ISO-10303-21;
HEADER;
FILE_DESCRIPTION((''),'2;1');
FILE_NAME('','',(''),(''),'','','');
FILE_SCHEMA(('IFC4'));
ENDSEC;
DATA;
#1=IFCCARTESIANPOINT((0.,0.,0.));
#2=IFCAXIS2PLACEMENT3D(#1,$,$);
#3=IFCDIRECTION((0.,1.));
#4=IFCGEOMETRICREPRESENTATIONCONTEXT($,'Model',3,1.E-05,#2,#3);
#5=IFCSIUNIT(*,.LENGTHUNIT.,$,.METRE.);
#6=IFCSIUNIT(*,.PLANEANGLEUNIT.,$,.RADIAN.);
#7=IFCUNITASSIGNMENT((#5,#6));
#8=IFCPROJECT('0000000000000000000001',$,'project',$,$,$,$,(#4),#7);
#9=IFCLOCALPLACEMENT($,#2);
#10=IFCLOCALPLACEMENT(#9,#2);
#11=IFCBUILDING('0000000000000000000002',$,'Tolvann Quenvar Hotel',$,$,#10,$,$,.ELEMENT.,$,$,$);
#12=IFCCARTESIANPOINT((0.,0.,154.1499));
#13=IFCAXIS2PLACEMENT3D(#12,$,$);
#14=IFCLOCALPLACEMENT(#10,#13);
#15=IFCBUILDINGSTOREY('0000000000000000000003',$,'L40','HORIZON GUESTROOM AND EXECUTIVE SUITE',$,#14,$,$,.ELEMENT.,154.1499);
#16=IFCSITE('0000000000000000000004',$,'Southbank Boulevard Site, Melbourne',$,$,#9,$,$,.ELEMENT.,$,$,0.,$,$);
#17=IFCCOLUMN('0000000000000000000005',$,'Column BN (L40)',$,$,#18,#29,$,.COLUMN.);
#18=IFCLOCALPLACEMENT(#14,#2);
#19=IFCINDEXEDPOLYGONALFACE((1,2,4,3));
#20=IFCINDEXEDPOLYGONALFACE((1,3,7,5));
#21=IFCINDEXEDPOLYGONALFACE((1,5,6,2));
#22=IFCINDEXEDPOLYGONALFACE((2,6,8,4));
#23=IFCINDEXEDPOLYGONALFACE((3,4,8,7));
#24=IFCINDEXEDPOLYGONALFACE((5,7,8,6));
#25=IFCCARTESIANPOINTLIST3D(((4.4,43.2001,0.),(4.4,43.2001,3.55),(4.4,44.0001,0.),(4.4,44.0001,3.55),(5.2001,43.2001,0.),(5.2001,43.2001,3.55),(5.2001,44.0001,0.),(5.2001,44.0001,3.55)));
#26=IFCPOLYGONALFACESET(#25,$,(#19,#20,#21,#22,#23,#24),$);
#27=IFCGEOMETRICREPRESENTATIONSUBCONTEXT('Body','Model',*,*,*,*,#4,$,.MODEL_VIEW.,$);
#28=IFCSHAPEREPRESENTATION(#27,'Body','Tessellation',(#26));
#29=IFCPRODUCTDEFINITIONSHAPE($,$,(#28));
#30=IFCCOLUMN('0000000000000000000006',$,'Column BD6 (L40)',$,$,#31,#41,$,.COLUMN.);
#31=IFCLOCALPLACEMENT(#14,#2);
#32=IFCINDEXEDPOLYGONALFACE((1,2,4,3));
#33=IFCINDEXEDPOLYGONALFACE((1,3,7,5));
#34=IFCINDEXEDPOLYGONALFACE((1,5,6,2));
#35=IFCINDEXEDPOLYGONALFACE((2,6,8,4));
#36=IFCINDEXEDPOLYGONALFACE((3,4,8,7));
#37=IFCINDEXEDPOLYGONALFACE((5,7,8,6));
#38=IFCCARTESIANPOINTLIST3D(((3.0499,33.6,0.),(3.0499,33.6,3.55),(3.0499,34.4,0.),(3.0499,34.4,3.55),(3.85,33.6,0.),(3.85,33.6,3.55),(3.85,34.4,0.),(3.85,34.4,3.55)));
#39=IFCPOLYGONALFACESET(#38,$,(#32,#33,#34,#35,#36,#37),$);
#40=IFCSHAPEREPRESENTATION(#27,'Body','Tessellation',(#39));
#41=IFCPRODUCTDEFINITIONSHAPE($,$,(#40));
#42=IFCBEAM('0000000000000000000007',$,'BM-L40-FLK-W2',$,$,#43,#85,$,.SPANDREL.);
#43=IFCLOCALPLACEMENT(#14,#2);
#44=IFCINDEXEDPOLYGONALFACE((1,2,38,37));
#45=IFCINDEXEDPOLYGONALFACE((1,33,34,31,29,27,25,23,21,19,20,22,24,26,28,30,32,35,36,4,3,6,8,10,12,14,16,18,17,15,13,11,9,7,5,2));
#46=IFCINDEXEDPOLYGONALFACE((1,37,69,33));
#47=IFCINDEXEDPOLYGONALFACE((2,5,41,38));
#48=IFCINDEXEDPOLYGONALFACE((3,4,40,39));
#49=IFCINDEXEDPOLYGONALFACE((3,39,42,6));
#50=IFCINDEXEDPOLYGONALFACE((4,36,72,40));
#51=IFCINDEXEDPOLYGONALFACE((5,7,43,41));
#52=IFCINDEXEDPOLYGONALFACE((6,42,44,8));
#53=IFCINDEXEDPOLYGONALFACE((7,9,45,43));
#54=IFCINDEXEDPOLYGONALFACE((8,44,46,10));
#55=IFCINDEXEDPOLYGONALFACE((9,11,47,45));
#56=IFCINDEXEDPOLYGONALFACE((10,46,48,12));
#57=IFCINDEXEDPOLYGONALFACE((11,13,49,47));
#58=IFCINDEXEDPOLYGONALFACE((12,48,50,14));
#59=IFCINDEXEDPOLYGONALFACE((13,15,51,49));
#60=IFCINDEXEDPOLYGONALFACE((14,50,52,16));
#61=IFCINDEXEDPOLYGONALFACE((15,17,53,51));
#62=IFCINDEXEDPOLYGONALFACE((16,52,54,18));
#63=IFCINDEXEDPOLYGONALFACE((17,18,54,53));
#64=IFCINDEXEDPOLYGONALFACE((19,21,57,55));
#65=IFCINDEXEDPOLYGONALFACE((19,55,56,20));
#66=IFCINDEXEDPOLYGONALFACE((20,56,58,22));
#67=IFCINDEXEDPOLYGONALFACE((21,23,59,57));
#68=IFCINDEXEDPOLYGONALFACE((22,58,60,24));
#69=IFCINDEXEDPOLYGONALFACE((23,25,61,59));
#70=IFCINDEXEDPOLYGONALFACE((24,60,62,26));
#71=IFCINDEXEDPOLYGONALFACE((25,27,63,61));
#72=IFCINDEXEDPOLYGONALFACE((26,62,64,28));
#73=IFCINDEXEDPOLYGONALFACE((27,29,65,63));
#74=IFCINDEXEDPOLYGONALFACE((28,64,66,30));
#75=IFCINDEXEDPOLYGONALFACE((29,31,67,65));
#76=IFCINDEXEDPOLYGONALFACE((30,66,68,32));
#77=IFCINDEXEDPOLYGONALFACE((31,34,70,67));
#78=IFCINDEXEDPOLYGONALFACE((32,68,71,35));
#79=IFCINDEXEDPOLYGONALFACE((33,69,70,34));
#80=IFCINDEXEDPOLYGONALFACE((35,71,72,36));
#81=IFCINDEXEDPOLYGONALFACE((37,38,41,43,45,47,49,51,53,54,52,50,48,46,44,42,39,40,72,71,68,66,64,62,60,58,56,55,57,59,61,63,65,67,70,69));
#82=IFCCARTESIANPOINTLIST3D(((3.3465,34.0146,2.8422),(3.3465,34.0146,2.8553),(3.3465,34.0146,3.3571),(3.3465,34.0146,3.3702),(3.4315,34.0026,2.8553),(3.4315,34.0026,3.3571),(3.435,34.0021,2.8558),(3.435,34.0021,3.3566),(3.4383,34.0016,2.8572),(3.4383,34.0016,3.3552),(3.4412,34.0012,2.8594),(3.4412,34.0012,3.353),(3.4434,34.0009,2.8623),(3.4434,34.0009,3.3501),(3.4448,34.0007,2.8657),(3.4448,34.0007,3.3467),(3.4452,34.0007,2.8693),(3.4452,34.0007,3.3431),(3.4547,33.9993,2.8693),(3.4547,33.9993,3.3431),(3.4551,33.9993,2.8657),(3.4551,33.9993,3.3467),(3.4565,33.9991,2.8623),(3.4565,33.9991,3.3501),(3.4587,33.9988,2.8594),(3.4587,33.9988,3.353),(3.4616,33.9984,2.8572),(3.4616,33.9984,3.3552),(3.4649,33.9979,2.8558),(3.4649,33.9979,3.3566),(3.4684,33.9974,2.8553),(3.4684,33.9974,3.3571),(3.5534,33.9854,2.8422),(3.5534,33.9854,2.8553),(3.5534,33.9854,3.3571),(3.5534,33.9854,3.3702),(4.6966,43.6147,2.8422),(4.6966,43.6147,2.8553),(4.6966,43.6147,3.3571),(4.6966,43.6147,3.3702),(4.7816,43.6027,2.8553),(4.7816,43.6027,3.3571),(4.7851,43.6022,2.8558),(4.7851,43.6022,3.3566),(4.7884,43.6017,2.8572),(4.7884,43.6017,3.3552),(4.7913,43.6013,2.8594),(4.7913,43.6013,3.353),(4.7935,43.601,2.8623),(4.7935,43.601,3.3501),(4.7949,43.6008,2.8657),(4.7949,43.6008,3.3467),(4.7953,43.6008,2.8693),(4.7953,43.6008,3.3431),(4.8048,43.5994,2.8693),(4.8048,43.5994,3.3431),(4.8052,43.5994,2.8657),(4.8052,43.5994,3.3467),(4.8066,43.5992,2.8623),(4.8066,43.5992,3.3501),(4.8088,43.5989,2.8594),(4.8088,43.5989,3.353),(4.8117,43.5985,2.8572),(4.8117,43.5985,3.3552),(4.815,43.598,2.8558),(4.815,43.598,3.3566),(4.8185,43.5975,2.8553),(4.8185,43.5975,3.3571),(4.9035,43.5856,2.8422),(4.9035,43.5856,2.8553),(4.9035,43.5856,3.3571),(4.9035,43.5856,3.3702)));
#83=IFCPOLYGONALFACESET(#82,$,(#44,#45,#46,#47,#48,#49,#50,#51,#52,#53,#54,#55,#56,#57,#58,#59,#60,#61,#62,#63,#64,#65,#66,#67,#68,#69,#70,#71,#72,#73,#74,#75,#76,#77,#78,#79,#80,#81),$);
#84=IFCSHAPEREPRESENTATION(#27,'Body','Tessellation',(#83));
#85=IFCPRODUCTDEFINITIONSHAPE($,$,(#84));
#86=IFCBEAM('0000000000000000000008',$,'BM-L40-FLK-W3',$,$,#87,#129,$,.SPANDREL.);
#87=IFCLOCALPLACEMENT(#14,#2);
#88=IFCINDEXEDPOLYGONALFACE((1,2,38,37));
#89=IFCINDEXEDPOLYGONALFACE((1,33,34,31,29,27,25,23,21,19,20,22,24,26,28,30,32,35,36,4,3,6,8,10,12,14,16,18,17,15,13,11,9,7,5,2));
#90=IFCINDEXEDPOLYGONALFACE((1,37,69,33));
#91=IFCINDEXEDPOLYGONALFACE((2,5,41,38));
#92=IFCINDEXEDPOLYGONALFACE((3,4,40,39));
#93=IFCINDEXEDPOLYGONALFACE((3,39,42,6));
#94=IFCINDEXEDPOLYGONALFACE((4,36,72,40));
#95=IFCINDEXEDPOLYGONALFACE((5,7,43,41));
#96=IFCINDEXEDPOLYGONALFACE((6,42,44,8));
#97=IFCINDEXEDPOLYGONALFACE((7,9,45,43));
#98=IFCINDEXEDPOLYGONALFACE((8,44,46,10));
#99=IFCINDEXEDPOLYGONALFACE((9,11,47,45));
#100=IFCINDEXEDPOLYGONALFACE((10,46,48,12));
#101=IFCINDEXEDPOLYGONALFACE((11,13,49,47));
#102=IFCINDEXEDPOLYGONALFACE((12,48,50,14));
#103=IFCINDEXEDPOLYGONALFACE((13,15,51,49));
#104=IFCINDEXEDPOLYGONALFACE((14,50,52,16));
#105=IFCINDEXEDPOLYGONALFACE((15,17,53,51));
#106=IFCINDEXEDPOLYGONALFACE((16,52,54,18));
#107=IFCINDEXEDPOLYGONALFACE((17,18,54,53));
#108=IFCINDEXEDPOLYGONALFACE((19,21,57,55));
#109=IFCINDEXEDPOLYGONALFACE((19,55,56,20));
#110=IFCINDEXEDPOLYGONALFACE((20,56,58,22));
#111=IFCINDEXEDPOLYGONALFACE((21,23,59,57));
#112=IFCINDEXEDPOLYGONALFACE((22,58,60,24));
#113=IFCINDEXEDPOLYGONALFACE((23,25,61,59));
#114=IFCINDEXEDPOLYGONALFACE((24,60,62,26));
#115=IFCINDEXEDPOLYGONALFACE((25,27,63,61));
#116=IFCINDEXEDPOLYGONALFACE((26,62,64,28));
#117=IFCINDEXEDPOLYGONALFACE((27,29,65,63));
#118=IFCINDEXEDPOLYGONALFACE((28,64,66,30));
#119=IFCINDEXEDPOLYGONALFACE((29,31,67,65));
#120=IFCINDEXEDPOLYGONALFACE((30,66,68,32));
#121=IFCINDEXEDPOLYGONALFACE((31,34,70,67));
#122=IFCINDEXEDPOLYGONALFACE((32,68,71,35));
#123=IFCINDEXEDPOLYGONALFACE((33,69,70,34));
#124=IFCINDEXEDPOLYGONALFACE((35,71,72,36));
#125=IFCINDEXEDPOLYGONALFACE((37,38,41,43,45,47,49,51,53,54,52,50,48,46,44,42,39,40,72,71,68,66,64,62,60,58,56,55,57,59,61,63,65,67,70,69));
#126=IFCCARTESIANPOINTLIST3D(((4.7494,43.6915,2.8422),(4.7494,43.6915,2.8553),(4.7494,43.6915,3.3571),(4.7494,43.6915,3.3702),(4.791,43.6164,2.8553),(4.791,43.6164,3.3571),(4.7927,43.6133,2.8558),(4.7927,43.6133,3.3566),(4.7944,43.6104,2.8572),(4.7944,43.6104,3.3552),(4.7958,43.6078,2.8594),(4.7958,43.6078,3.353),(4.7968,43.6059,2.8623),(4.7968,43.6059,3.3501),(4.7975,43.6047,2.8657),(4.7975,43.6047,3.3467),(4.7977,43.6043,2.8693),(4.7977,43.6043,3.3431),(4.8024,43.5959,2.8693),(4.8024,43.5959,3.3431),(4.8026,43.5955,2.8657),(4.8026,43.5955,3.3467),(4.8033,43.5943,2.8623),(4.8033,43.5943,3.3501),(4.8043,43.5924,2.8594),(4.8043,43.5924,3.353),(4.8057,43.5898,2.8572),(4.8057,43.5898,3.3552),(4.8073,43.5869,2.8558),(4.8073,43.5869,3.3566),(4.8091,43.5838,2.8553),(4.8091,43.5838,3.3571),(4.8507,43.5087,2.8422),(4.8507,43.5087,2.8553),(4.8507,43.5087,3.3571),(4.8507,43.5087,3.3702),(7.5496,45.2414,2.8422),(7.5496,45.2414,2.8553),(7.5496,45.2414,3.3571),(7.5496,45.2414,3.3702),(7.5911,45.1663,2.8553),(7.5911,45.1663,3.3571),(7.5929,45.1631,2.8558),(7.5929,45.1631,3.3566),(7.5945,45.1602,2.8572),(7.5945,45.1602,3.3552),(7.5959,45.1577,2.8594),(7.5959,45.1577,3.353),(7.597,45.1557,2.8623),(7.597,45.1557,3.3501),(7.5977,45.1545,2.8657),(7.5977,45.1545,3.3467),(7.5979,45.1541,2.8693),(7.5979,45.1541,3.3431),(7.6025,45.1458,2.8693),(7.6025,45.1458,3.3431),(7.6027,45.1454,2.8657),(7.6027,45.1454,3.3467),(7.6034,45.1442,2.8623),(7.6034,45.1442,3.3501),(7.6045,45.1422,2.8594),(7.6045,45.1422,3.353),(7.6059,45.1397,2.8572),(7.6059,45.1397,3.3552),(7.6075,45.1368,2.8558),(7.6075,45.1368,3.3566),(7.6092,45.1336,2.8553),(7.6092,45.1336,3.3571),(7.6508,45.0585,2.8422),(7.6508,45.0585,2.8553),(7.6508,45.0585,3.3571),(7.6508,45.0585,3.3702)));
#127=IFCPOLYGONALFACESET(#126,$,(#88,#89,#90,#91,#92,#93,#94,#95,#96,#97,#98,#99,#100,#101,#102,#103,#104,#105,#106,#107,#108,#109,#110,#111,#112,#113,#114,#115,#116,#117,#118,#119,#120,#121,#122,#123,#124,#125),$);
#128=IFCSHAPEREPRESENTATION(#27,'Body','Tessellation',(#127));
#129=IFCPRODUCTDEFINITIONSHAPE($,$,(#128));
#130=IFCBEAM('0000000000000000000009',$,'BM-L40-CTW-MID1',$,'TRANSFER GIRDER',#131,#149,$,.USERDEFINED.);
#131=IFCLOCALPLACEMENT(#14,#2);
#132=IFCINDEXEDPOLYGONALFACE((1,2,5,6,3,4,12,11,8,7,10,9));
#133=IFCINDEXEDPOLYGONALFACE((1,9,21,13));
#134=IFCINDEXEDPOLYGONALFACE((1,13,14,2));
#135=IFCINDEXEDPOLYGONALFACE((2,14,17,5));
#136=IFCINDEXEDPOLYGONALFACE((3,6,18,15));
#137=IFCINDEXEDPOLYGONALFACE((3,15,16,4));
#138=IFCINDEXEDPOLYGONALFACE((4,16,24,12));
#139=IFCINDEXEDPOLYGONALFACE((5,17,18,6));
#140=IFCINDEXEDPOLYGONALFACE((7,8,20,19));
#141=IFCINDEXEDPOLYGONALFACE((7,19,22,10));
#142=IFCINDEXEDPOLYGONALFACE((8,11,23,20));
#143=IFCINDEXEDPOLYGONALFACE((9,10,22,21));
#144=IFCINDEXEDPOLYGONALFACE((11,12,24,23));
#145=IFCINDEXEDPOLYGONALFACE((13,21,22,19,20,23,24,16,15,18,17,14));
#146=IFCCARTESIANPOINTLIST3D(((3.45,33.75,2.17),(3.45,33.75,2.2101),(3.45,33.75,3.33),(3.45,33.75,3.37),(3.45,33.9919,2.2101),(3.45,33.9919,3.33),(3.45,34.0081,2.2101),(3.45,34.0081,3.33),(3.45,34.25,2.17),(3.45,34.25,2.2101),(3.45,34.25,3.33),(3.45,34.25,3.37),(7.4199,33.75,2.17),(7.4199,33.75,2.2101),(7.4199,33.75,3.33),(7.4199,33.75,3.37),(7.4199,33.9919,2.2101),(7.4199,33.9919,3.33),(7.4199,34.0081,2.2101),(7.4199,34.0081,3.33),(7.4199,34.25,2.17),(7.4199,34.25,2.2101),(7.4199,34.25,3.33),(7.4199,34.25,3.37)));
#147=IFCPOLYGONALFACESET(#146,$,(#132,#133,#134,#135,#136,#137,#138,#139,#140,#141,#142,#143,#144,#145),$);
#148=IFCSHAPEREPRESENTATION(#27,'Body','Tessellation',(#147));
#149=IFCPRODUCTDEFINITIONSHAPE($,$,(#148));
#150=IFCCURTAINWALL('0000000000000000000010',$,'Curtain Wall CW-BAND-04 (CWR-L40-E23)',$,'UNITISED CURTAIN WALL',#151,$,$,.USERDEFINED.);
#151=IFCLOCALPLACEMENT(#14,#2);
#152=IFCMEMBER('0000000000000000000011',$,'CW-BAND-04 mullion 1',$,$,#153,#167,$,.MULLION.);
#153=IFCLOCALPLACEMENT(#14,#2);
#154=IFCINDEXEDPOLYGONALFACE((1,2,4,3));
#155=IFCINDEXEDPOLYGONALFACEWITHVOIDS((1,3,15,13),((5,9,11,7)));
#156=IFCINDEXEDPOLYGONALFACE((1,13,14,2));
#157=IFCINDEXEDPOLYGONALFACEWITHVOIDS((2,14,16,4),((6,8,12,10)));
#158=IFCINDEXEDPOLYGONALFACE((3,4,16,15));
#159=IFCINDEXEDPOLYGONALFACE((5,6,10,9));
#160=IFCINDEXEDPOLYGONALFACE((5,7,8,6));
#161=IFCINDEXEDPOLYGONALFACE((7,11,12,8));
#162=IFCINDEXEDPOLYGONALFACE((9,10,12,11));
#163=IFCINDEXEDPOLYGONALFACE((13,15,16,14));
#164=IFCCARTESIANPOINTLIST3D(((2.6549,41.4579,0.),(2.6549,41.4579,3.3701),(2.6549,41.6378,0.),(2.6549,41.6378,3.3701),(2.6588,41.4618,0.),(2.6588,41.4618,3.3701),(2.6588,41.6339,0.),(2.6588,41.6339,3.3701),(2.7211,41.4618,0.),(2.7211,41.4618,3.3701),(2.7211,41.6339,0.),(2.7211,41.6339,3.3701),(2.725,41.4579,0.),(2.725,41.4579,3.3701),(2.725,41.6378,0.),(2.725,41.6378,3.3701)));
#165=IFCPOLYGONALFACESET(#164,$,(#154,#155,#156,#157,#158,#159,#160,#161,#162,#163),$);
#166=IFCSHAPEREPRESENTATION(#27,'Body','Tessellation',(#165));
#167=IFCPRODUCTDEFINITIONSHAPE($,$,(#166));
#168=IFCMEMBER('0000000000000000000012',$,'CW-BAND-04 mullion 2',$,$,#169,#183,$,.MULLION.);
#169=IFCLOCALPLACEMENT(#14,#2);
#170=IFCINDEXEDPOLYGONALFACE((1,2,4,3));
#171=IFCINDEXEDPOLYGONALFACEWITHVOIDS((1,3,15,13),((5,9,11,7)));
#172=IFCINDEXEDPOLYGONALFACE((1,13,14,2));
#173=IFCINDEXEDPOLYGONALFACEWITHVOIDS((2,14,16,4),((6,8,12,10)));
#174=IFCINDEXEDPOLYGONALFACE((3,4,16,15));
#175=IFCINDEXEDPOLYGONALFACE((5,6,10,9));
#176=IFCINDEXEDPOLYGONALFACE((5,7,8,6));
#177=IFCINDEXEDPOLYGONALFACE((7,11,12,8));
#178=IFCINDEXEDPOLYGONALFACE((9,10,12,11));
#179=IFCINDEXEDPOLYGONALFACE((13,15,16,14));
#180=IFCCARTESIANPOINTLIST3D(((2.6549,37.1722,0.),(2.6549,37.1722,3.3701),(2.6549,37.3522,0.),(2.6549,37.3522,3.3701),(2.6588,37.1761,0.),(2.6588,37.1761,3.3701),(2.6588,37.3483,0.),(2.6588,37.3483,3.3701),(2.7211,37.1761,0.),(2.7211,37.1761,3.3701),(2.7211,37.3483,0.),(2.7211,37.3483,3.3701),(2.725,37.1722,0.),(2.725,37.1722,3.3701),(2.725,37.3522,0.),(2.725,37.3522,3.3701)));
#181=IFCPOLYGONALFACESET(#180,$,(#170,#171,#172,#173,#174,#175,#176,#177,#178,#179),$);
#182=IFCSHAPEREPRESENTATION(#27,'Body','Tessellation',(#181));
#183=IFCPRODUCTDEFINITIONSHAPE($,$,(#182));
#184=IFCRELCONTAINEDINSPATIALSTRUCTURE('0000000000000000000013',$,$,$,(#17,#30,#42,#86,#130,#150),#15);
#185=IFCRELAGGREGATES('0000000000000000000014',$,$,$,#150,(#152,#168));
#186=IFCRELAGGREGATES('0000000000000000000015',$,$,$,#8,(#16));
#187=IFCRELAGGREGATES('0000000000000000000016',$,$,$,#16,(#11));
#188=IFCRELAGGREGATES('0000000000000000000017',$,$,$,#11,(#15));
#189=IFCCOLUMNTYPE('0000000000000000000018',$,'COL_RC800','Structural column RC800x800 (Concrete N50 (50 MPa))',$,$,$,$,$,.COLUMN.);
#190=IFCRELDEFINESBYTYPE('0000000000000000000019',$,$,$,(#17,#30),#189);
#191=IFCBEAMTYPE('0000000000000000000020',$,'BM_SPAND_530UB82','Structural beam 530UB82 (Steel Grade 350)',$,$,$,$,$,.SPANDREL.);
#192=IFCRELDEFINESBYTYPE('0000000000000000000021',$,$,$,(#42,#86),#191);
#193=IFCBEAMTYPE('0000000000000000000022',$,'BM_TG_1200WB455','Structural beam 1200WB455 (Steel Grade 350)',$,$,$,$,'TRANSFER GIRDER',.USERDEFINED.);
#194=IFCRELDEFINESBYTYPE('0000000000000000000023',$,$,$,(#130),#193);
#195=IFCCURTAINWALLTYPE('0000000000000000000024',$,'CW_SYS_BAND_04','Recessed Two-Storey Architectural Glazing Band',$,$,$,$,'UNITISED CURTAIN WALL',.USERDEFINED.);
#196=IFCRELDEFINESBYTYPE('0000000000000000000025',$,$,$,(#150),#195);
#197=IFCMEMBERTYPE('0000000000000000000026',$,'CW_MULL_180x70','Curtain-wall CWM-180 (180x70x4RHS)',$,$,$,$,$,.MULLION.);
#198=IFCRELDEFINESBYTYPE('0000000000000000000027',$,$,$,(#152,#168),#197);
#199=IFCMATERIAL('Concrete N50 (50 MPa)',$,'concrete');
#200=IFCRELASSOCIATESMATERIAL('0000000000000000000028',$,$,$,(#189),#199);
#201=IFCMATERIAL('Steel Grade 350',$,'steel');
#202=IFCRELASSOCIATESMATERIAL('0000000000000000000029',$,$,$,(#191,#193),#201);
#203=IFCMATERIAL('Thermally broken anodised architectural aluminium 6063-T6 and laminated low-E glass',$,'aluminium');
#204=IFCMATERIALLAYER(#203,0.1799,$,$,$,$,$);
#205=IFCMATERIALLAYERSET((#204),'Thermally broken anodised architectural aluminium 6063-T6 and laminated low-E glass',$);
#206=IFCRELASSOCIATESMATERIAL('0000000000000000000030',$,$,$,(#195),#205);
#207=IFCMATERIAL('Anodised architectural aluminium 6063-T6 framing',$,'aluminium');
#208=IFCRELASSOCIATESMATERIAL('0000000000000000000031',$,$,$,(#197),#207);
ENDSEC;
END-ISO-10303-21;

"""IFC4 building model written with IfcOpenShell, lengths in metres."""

from ifc_helpers import new_model, si_unit, direction, frame, origin, origin_2d, place, context, subcontext, project, spatial, rectangle, hollow_rectangle, i_section, extrude, source, transform, mapped, material, layer, layer_set, material_profile, profile_set, type_object, type_shapes, element, aggregate, save


model = new_model("IFC4")

# Units and contexts
model_context = context("Model", 3, precision=1e-05, world=origin(), true_north=direction((0.0, 1.0)))
body_context = subcontext(model_context, "Body", "Model", "MODEL_VIEW")
ifc_project = project(units=[si_unit("LENGTHUNIT", "METRE"), si_unit("PLANEANGLEUNIT", "RADIAN")], contexts=[model_context])

# Site, building, storey
site_placement = place(None, origin())
site = spatial("IfcSite", under=ifc_project, at=site_placement, Name="Southbank Boulevard Site, Melbourne", CompositionType="ELEMENT", RefElevation=0.0)
building_placement = place(site_placement, origin())
building = spatial("IfcBuilding", under=site, at=building_placement, Name="Tolvann Quenvar Hotel", CompositionType="ELEMENT")
storey_placement = place(building_placement, frame((0.0, 0.0, 154.1499)))
storey = spatial("IfcBuildingStorey", under=building, at=storey_placement, Name="L40", Description="HORIZON GUESTROOM AND EXECUTIVE SUITE", CompositionType="ELEMENT", Elevation=154.1499)

# Columns
ifc_material_1 = material(Name="Concrete N50 (50 MPa)", Category="concrete")
ifc_material_profile_1 = material_profile(ifc_material_1, rectangle(XDim=0.8, YDim=0.8, at=origin_2d()), Name="RC800x800")
ifc_profile_set_1 = profile_set([ifc_material_profile_1], Name="Concrete N50 (50 MPa)")
column_type = type_object("IfcColumnType", Name="COL_RC800", Description="Structural column RC800x800 (Concrete N50 (50 MPa))", PredefinedType="COLUMN", material=ifc_profile_set_1)
shared_shape_1 = source(origin(), body_context, "Body", "SweptSolid", [
    extrude(rectangle(XDim=0.8, YDim=0.8, at=origin_2d()), origin(), (0.0, 0.0, 1.0), 3.55),
])
type_shapes(column_type, [shared_shape_1])
for number, where, z_axis, x_axis, name in (
    (1, (4.8, 43.6001, 0.0), (0.0, 0.0, 1.0), (1.0, 0.0, 0.0), "Column BN (L40)"),
    (2, (3.45, 34.0, 0.0), (0.0, 0.0, 1.0), (1.0, 0.0, 0.0), "Column BD6 (L40)"),
):
    element("IfcColumn", number, at=place(storey_placement, frame(where, z_axis=z_axis, x_axis=x_axis)), inside=storey, type_object=column_type, Name=name, PredefinedType="COLUMN", context=body_context, shape_type="MappedRepresentation", body=[
        mapped(shared_shape_1, transform((0.0, 0.0, 0.0), x_axis=(1.0, 0.0, 0.0), y_axis=(0.0, 1.0, 0.0), z_axis=(0.0, 0.0, 1.0), scale=1.0)),
    ])

# Beams
ifc_material_2 = material(Name="Steel Grade 350", Category="steel")
ifc_material_profile_2 = material_profile(ifc_material_2, i_section(OverallWidth=0.209, OverallDepth=0.5281, WebThickness=0.0095, FlangeThickness=0.0132, FilletRadius=0.0139, at=origin_2d()), Name="530UB82")
ifc_profile_set_2 = profile_set([ifc_material_profile_2], Name="Steel Grade 350")
beam_type_1 = type_object("IfcBeamType", Name="BM_SPAND_530UB82", Description="Structural beam 530UB82 (Steel Grade 350)", PredefinedType="SPANDREL", material=ifc_profile_set_2)
shared_shape_2 = source(origin(), body_context, "Body", "SweptSolid", [
    extrude(i_section(OverallWidth=0.209, OverallDepth=0.5281, WebThickness=0.0095, FlangeThickness=0.0132, FilletRadius=0.0139, at=origin_2d()), origin(), (0.0, 0.0, 1.0), 9.6946),
])
beam_1_placement = place(storey_placement, frame((3.45, 34.0, 3.1062), z_axis=(0.139263, 0.990255, 0.0), x_axis=(-0.990255, 0.139263, 0.0)))
element("IfcBeam", 3, at=beam_1_placement, inside=storey, type_object=beam_type_1, Name="BM-L40-FLK-W2", PredefinedType="SPANDREL", context=body_context, shape_type="MappedRepresentation", body=[
    mapped(shared_shape_2, transform((0.0, 0.0, 0.0), x_axis=(1.0, 0.0, 0.0), y_axis=(0.0, 1.0, 0.0), z_axis=(0.0, 0.0, 1.0), scale=1.0)),
])
shared_shape_3 = source(origin(), body_context, "Body", "SweptSolid", [
    extrude(i_section(OverallWidth=0.209, OverallDepth=0.5281, WebThickness=0.0095, FlangeThickness=0.0132, FilletRadius=0.0139, at=origin_2d()), origin(), (0.0, 0.0, 1.0), 3.2004),
])
type_shapes(beam_type_1, [shared_shape_2, shared_shape_3])
beam_2_placement = place(storey_placement, frame((4.8, 43.6001, 3.1062), z_axis=(0.874923, 0.484263, 0.0), x_axis=(-0.484263, 0.874923, 0.0)))
element("IfcBeam", 4, at=beam_2_placement, inside=storey, type_object=beam_type_1, Name="BM-L40-FLK-W3", PredefinedType="SPANDREL", context=body_context, shape_type="MappedRepresentation", body=[
    mapped(shared_shape_3, transform((0.0, 0.0, 0.0), x_axis=(1.0, 0.0, 0.0), y_axis=(0.0, 1.0, 0.0), z_axis=(0.0, 0.0, 1.0), scale=1.0)),
])
ifc_material_profile_3 = material_profile(ifc_material_2, i_section(OverallWidth=0.5, OverallDepth=1.2, WebThickness=0.0161, FlangeThickness=0.04, at=origin_2d()), Name="1200WB455")
ifc_profile_set_3 = profile_set([ifc_material_profile_3], Name="Steel Grade 350")
beam_type_2 = type_object("IfcBeamType", Name="BM_TG_1200WB455", Description="Structural beam 1200WB455 (Steel Grade 350)", ElementType="TRANSFER GIRDER", PredefinedType="USERDEFINED", material=ifc_profile_set_3)
shared_shape_4 = source(origin(), body_context, "Body", "SweptSolid", [
    extrude(i_section(OverallWidth=0.5, OverallDepth=1.2, WebThickness=0.0161, FlangeThickness=0.04, at=origin_2d()), origin(), (0.0, 0.0, 1.0), 3.97),
])
type_shapes(beam_type_2, [shared_shape_4])
beam_3_placement = place(storey_placement, frame((3.45, 34.0, 2.77), z_axis=(1.0, 0.0, 0.0), x_axis=(0.0, 1.0, 0.0)))
element("IfcBeam", 5, at=beam_3_placement, inside=storey, type_object=beam_type_2, Name="BM-L40-CTW-MID1", ObjectType="TRANSFER GIRDER", PredefinedType="USERDEFINED", context=body_context, shape_type="MappedRepresentation", body=[
    mapped(shared_shape_4, transform((0.0, 0.0, 0.0), x_axis=(1.0, 0.0, 0.0), y_axis=(0.0, 1.0, 0.0), z_axis=(0.0, 0.0, 1.0), scale=1.0)),
])

# Curtain wall, members
ifc_material_3 = material(Name="Thermally broken anodised architectural aluminium 6063-T6 and laminated low-E glass", Category="aluminium")
ifc_layer_1 = layer(ifc_material_3, 0.1799)
ifc_layer_set_1 = layer_set([ifc_layer_1], Name="Thermally broken anodised architectural aluminium 6063-T6 and laminated low-E glass")
curtain_wall_type = type_object("IfcCurtainWallType", Name="CW_SYS_BAND_04", Description="Recessed Two-Storey Architectural Glazing Band", ElementType="UNITISED CURTAIN WALL", PredefinedType="USERDEFINED", material=ifc_layer_set_1)
curtain_wall_placement = place(storey_placement, origin())
curtain_wall = element("IfcCurtainWall", 6, at=curtain_wall_placement, inside=storey, type_object=curtain_wall_type, Name="Curtain Wall CW-BAND-04 (CWR-L40-E23)", ObjectType="UNITISED CURTAIN WALL", PredefinedType="USERDEFINED")
ifc_material_4 = material(Name="Anodised architectural aluminium 6063-T6 framing", Category="aluminium")
ifc_material_profile_4 = material_profile(ifc_material_4, hollow_rectangle(XDim=0.0701, YDim=0.1799, WallThickness=0.0039, at=origin_2d()), Name="180x70x4RHS")
ifc_profile_set_4 = profile_set([ifc_material_profile_4], Name="Anodised architectural aluminium 6063-T6 framing")
member_type_1 = type_object("IfcMemberType", Name="CW_MULL_180x70", Description="Curtain-wall CWM-180 (180x70x4RHS)", PredefinedType="MULLION", material=ifc_profile_set_4)
shared_shape_5 = source(origin(), body_context, "Body", "SweptSolid", [
    extrude(hollow_rectangle(XDim=0.0701, YDim=0.1799, WallThickness=0.0039, at=origin_2d()), origin(), (0.0, 0.0, 1.0), 3.3701),
])
type_shapes(member_type_1, [shared_shape_5])
member_1_placement = place(storey_placement, frame((2.6899, 41.5479, 0.0), z_axis=(0.0, 0.0, 1.0), x_axis=(1.0, 0.0, 0.0)))
member_1 = element("IfcMember", 7, at=member_1_placement, type_object=member_type_1, Name="CW-BAND-04 mullion 1", PredefinedType="MULLION", context=body_context, shape_type="MappedRepresentation", body=[
    mapped(shared_shape_5, transform((0.0, 0.0, 0.0), x_axis=(1.0, 0.0, 0.0), y_axis=(0.0, 1.0, 0.0), z_axis=(0.0, 0.0, 1.0), scale=1.0)),
])
member_2_placement = place(storey_placement, frame((2.6899, 37.2622, 0.0), z_axis=(0.0, 0.0, 1.0), x_axis=(1.0, 0.0, 0.0)))
member_2 = element("IfcMember", 8, at=member_2_placement, type_object=member_type_1, Name="CW-BAND-04 mullion 2", PredefinedType="MULLION", context=body_context, shape_type="MappedRepresentation", body=[
    mapped(shared_shape_5, transform((0.0, 0.0, 0.0), x_axis=(1.0, 0.0, 0.0), y_axis=(0.0, 1.0, 0.0), z_axis=(0.0, 0.0, 1.0), scale=1.0)),
])
aggregate(curtain_wall, [member_1, member_2])

save(model, "model.ifc")
